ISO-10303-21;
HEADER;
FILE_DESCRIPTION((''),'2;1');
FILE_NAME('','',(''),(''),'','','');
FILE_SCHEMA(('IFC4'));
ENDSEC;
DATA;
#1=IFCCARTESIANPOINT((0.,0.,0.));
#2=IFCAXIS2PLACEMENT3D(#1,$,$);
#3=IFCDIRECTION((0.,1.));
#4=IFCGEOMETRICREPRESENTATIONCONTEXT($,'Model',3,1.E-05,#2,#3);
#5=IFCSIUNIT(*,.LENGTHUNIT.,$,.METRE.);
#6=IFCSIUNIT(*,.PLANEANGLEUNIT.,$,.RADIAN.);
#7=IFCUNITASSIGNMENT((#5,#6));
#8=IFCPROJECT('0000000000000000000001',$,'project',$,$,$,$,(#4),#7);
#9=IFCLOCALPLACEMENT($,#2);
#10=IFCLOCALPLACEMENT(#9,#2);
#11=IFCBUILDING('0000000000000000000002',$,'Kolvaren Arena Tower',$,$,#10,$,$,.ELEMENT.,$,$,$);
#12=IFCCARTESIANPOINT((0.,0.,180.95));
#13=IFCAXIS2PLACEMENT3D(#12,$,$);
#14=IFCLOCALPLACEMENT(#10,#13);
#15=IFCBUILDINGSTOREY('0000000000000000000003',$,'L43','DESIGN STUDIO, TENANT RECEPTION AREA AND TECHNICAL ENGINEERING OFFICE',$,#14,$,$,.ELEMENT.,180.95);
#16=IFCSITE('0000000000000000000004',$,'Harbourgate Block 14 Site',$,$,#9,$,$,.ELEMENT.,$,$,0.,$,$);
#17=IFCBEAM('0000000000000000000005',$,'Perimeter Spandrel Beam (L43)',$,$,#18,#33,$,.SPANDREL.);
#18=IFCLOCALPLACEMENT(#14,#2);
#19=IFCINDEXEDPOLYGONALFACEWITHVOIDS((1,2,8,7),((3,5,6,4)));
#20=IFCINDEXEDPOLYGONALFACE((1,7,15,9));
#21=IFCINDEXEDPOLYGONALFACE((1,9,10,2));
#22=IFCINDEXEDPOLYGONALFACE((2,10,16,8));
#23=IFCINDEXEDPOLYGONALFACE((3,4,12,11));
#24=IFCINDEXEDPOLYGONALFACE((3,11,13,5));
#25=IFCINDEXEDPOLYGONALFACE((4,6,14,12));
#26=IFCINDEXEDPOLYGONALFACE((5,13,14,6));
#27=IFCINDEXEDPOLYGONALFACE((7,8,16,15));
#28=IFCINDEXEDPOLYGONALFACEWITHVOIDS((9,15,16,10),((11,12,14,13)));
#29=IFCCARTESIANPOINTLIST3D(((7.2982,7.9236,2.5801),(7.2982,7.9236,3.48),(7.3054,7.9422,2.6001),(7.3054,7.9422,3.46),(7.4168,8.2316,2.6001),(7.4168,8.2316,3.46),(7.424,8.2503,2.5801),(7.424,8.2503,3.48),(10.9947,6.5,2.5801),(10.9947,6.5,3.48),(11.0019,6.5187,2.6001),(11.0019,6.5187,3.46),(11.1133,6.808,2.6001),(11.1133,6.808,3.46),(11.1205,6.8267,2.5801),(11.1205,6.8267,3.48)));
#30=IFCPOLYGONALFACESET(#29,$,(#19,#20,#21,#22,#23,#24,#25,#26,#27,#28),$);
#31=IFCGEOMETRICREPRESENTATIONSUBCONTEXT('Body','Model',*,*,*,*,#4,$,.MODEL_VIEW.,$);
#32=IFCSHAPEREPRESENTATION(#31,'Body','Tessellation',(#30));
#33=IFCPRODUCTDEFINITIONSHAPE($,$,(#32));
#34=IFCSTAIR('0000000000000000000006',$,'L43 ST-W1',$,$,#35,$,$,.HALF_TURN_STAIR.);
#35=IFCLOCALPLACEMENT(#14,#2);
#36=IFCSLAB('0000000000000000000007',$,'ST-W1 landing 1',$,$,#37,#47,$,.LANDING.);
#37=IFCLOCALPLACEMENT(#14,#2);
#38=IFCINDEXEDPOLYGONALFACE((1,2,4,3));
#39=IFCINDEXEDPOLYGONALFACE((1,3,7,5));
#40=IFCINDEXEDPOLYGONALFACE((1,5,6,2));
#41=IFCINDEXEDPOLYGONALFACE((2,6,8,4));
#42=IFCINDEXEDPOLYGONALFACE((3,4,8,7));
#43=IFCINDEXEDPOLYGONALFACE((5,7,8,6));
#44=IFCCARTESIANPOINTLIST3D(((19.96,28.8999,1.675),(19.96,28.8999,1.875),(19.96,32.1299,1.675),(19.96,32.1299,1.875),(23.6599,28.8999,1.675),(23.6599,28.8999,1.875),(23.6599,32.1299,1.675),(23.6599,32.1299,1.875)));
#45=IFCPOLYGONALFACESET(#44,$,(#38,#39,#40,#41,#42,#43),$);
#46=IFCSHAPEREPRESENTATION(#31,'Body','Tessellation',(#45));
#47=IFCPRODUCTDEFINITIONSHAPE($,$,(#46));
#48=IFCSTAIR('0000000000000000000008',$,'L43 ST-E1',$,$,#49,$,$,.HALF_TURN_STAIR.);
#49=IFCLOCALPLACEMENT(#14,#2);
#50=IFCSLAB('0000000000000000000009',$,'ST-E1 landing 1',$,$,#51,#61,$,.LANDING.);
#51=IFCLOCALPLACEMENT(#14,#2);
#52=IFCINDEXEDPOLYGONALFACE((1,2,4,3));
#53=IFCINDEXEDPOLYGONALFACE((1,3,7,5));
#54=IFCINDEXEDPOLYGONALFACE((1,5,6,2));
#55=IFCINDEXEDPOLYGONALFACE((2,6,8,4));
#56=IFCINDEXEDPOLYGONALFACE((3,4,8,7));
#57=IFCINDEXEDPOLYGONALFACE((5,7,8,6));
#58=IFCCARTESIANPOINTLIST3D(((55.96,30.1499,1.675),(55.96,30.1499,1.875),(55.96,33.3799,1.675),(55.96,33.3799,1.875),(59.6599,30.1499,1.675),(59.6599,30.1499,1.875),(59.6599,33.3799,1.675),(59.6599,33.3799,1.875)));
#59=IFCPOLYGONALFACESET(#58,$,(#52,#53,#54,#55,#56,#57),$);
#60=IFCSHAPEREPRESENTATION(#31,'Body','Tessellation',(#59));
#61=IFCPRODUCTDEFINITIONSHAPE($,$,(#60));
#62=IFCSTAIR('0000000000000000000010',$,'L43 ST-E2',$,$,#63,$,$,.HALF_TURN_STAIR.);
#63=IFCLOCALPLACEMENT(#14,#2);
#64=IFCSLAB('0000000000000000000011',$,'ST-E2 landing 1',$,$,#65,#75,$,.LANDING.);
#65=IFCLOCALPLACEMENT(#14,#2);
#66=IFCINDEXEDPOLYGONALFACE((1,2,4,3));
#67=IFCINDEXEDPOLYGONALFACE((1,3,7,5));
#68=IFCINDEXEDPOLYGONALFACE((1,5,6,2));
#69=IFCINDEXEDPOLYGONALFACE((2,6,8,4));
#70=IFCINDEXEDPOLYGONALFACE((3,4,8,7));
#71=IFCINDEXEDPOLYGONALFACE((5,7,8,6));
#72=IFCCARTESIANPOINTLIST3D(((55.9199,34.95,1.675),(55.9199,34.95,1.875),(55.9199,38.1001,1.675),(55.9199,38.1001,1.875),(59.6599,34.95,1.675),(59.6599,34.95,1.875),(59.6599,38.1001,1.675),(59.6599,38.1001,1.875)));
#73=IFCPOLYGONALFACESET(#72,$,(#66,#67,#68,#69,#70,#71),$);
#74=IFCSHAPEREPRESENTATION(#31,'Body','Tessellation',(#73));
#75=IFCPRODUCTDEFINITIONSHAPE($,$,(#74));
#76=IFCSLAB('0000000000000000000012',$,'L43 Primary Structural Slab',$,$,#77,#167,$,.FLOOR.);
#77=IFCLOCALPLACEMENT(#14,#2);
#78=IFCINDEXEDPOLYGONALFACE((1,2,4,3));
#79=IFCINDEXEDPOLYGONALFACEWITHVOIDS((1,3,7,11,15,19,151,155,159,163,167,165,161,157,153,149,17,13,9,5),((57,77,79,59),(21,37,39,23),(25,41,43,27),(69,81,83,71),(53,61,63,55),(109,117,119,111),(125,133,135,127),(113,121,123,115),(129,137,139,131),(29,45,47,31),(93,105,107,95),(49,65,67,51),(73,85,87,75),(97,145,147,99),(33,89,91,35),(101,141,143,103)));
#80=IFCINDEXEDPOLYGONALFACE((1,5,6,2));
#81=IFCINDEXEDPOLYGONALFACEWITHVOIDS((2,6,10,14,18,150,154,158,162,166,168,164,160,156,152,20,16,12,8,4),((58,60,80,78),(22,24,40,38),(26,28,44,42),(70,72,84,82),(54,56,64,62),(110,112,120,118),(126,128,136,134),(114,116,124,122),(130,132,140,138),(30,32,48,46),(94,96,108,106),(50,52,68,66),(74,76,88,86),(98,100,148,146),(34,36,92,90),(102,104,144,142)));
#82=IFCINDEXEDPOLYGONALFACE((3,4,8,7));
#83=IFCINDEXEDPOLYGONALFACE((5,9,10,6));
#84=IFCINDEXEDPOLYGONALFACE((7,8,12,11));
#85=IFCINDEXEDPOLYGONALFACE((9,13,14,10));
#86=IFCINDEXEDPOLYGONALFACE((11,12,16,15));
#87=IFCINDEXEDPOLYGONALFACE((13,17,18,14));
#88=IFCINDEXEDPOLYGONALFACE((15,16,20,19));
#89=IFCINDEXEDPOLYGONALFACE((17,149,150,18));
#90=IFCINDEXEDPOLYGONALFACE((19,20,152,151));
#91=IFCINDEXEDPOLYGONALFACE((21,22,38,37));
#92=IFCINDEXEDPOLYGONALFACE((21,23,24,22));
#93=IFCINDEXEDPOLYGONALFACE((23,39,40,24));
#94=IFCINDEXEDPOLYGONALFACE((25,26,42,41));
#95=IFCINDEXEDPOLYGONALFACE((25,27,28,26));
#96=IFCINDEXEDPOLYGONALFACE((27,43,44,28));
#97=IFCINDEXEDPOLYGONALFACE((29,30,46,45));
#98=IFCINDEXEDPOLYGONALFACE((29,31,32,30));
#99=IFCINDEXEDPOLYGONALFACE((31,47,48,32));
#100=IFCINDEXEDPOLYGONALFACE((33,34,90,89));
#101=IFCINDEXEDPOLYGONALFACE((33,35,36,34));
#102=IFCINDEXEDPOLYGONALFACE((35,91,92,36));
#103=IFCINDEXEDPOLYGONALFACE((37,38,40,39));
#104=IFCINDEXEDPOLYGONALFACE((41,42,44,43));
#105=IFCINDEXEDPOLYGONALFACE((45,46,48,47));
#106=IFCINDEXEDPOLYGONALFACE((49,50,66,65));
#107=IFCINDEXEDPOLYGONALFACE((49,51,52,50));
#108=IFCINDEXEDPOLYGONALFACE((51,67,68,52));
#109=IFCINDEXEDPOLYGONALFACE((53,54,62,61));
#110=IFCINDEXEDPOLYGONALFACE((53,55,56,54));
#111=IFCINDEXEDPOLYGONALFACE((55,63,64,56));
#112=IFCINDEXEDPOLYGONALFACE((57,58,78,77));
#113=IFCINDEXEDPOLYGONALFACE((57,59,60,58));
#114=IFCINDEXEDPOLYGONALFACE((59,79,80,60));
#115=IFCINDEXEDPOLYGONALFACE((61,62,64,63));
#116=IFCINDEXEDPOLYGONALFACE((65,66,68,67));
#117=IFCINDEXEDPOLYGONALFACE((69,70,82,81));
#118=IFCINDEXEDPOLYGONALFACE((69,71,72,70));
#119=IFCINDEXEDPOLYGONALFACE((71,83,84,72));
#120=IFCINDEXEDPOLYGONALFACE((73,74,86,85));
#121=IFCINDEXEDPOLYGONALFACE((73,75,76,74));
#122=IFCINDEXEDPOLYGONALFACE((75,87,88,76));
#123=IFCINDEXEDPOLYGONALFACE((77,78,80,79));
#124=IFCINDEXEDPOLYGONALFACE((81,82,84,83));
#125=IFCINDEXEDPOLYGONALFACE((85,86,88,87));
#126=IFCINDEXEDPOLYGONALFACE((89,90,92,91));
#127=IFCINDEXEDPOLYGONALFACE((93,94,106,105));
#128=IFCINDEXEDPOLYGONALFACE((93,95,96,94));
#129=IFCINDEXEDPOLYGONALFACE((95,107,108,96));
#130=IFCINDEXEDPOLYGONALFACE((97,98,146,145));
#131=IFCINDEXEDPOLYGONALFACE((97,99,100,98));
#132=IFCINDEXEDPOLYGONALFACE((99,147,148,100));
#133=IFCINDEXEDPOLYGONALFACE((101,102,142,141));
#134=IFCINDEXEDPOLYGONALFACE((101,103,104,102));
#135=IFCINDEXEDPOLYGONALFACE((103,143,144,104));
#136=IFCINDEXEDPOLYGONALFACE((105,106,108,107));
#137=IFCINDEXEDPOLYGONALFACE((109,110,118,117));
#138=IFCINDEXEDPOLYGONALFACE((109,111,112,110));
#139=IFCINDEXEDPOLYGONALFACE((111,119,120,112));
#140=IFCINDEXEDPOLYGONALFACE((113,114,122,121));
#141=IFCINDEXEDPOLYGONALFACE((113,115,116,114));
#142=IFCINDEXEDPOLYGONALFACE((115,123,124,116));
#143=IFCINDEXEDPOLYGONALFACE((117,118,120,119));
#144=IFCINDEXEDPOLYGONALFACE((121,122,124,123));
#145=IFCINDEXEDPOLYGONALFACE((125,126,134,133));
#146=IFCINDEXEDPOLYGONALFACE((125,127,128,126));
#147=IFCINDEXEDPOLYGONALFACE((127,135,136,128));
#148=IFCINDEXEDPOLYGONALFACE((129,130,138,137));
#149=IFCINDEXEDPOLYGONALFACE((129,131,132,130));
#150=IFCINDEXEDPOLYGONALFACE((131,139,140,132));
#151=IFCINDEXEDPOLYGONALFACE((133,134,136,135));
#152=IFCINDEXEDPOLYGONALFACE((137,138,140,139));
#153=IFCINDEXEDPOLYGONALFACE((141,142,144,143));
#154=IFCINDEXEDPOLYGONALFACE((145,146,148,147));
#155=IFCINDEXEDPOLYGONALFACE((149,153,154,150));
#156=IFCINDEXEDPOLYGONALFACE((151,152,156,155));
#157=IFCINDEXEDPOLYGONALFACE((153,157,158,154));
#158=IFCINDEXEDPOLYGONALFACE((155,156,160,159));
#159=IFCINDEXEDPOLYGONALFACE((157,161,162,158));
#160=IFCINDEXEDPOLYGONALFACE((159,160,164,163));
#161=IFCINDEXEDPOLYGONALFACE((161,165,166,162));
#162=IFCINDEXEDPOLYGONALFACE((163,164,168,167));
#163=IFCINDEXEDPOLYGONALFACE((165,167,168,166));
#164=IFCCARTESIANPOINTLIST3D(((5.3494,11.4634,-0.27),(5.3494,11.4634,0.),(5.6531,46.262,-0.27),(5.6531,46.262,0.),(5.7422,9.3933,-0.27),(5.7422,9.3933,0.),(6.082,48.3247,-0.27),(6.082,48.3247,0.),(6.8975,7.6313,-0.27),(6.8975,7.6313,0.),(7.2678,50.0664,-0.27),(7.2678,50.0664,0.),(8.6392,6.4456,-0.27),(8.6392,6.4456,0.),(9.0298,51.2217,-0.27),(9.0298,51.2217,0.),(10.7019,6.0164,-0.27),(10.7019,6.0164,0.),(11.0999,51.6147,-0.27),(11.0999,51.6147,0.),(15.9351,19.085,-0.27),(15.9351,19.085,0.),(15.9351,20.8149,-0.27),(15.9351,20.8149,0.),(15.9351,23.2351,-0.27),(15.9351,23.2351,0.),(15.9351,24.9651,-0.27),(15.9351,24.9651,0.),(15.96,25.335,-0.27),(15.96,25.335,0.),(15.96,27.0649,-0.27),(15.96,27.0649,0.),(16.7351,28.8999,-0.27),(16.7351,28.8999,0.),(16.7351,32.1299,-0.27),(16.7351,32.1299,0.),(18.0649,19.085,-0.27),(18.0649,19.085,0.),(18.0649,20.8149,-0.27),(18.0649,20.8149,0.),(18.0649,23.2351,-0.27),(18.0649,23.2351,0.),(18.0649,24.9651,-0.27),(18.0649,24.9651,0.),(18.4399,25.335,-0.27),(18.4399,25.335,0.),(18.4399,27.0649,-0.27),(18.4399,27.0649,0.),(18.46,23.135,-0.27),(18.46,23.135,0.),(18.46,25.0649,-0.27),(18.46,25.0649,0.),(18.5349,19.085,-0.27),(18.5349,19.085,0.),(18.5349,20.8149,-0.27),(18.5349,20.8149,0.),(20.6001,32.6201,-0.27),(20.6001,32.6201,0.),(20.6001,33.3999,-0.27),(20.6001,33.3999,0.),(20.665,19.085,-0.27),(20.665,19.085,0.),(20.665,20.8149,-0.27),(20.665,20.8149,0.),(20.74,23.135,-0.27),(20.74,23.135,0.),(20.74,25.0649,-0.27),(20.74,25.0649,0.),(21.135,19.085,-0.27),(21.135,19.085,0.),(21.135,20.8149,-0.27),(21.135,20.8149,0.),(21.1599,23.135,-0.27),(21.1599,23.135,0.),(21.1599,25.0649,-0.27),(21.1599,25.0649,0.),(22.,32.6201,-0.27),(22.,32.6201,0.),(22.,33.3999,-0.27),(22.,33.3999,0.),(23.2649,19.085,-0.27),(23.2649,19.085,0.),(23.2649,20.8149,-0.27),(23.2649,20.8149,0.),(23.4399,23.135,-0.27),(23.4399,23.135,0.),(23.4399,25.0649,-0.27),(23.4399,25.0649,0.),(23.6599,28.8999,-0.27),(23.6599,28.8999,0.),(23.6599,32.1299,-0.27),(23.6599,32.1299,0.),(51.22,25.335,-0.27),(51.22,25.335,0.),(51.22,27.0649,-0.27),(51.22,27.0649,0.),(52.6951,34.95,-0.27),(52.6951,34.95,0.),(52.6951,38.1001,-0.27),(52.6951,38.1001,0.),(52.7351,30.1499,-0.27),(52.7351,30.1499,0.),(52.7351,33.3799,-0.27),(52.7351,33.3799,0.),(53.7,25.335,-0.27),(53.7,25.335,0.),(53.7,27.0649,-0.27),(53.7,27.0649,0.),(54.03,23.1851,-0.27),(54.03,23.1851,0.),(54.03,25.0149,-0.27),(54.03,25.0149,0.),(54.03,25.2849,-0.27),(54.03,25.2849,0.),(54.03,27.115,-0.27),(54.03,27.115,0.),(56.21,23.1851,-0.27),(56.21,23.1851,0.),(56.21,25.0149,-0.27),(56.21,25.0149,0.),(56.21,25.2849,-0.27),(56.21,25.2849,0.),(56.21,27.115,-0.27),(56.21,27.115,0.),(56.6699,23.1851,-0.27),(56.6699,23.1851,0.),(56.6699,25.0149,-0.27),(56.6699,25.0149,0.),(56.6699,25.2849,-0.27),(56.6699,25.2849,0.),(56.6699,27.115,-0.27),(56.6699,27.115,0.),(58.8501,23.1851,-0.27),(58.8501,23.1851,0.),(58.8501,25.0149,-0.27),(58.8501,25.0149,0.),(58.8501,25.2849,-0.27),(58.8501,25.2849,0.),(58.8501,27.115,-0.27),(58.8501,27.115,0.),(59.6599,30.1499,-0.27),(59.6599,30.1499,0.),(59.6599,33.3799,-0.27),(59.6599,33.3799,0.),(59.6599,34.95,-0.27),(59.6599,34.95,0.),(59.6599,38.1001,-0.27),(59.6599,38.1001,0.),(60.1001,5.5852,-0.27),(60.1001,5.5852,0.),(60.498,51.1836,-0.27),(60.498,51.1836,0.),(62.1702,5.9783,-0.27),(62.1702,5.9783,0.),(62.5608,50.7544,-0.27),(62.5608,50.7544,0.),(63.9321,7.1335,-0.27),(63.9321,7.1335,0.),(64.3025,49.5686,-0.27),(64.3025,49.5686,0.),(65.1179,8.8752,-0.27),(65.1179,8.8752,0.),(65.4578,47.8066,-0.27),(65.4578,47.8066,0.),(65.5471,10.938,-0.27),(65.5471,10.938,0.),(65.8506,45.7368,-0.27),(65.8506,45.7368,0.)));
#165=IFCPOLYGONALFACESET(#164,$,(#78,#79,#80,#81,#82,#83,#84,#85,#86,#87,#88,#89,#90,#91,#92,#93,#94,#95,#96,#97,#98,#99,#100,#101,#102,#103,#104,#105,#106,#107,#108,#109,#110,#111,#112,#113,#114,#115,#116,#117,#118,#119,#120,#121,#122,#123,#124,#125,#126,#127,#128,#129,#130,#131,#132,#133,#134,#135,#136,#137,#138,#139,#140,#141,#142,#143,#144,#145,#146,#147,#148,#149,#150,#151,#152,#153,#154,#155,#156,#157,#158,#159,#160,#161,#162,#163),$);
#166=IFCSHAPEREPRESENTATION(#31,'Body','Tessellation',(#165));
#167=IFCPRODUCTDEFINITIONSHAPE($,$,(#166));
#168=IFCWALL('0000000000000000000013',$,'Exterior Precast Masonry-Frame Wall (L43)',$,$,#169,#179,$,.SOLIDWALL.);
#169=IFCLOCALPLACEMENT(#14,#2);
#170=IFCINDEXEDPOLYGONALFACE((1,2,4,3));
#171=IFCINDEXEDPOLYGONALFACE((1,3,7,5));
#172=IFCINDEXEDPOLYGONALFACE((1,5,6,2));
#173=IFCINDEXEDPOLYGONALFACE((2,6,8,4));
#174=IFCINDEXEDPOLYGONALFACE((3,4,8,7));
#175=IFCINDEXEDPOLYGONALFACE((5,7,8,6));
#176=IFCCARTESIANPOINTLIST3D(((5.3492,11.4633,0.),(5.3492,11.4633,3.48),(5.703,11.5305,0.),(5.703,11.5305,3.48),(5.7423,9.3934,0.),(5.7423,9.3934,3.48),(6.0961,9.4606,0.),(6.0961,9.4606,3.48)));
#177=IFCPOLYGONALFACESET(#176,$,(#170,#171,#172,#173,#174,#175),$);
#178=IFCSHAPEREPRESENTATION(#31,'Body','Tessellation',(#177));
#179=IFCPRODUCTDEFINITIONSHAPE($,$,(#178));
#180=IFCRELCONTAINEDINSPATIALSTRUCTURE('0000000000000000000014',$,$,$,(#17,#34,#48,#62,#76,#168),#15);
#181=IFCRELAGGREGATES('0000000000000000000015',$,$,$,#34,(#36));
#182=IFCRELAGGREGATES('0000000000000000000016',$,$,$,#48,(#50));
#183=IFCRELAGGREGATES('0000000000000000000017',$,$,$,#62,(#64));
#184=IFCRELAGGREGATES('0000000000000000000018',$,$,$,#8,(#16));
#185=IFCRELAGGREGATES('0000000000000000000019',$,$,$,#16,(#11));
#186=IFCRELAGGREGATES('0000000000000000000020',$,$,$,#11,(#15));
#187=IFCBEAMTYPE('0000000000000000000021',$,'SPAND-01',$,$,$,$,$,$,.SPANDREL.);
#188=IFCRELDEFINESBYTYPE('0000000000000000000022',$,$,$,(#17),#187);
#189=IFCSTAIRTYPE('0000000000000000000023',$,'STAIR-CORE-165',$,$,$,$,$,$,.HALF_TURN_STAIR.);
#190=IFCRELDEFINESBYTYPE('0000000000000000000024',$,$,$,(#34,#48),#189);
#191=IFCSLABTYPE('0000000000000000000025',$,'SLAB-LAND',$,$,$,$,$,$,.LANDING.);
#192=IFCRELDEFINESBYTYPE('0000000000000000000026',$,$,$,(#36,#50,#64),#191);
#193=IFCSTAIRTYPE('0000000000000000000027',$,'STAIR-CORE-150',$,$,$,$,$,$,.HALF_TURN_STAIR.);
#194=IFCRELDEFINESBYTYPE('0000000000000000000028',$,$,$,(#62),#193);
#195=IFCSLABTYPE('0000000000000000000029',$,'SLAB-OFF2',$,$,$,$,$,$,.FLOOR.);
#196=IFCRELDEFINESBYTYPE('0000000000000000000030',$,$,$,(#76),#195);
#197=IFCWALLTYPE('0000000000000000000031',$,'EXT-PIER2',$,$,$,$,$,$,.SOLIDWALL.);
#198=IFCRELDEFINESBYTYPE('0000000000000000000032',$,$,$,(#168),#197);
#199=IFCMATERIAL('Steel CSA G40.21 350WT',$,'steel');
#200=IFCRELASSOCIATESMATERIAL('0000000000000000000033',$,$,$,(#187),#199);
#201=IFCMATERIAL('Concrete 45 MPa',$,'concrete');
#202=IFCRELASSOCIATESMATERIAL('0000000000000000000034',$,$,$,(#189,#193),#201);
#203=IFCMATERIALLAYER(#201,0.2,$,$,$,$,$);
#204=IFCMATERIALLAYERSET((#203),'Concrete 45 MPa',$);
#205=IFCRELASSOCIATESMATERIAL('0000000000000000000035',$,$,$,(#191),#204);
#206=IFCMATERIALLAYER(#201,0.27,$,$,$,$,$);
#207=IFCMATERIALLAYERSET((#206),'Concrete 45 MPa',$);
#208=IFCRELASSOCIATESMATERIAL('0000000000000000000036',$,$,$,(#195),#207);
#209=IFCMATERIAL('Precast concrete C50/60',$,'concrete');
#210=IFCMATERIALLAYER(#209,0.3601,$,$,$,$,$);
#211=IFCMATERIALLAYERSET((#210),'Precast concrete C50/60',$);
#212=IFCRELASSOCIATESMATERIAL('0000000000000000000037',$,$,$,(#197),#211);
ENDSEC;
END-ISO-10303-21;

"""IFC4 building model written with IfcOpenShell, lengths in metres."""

from ifc_helpers import new_model, si_unit, direction, frame, frame_2d, origin, origin_2d, place, context, subcontext, project, spatial, polyline, rectangle, hollow_rectangle, outline, extrude, material, layer, layer_set, material_profile, profile_set, type_object, element, aggregate, save


model = new_model("IFC4")

# Units and contexts
model_context = context("Model", 3, precision=1e-05, world=origin(), true_north=direction((0.0, 1.0)))
body_context = subcontext(model_context, "Body", "Model", "MODEL_VIEW")
ifc_project = project(units=[si_unit("LENGTHUNIT", "METRE"), si_unit("PLANEANGLEUNIT", "RADIAN")], contexts=[model_context])

# Site, building, storey
site_placement = place(None, origin())
site = spatial("IfcSite", under=ifc_project, at=site_placement, Name="Harbourgate Block 14 Site", CompositionType="ELEMENT", RefElevation=0.0)
building_placement = place(site_placement, origin())
building = spatial("IfcBuilding", under=site, at=building_placement, Name="Kolvaren Arena Tower", CompositionType="ELEMENT")
storey_placement = place(building_placement, frame((0.0, 0.0, 180.95)))
storey = spatial("IfcBuildingStorey", under=building, at=storey_placement, Name="L43", Description="DESIGN STUDIO, TENANT RECEPTION AREA AND TECHNICAL ENGINEERING OFFICE", CompositionType="ELEMENT", Elevation=180.95)

# Beam
ifc_material_1 = material(Name="Steel CSA G40.21 350WT", Category="steel")
ifc_material_profile_1 = material_profile(ifc_material_1, hollow_rectangle(XDim=0.3501, YDim=0.8999, WallThickness=0.02, at=origin_2d()), Name="HSS 900x350x20")
ifc_profile_set_1 = profile_set([ifc_material_profile_1], Name="Steel CSA G40.21 350WT")
beam_type_1 = type_object("IfcBeamType", Name="SPAND-01", PredefinedType="SPANDREL", material=ifc_profile_set_1)
beam_1_placement = place(storey_placement, frame((7.3611, 8.0869, 3.03), z_axis=(0.93319, -0.359384, 0.0), x_axis=(0.359384, 0.93319, 0.0)))
element("IfcBeam", 1, at=beam_1_placement, inside=storey, type_object=beam_type_1, Name="Perimeter Spandrel Beam (L43)", PredefinedType="SPANDREL", context=body_context, shape_type="SweptSolid", body=[
    extrude(hollow_rectangle(XDim=0.3501, YDim=0.8999, WallThickness=0.02, at=origin_2d()), origin(), (0.0, 0.0, 1.0), 3.9612),
])

# Stairs, slabs
ifc_material_2 = material(Name="Concrete 45 MPa", Category="concrete")
stair_type_1 = type_object("IfcStairType", Name="STAIR-CORE-165", PredefinedType="HALF_TURN_STAIR", material=ifc_material_2)
stair_1_placement = place(storey_placement, origin())
stair_1 = element("IfcStair", 2, at=stair_1_placement, inside=storey, type_object=stair_type_1, Name="L43 ST-W1", PredefinedType="HALF_TURN_STAIR")
ifc_layer_1 = layer(ifc_material_2, 0.2)
ifc_layer_set_1 = layer_set([ifc_layer_1], Name="Concrete 45 MPa")
slab_type_1 = type_object("IfcSlabType", Name="SLAB-LAND", PredefinedType="LANDING", material=ifc_layer_set_1)
slab_1_placement = place(storey_placement, frame((0.0, 0.0, 1.675)))
slab_1 = element("IfcSlab", 3, at=slab_1_placement, type_object=slab_type_1, Name="ST-W1 landing 1", PredefinedType="LANDING", context=body_context, shape_type="SweptSolid", body=[
    extrude(outline(polyline([(19.96, 28.8999), (23.6599, 28.8999), (23.6599, 32.1299), (19.96, 32.1299), (19.96, 28.8999)])), origin(), (0.0, 0.0, 1.0), 0.2),
])
aggregate(stair_1, [slab_1])
stair_2_placement = place(storey_placement, origin())
stair_2 = element("IfcStair", 4, at=stair_2_placement, inside=storey, type_object=stair_type_1, Name="L43 ST-E1", PredefinedType="HALF_TURN_STAIR")
slab_2_placement = place(storey_placement, frame((0.0, 0.0, 1.675)))
slab_2 = element("IfcSlab", 5, at=slab_2_placement, type_object=slab_type_1, Name="ST-E1 landing 1", PredefinedType="LANDING", context=body_context, shape_type="SweptSolid", body=[
    extrude(outline(polyline([(55.96, 30.1499), (59.6599, 30.1499), (59.6599, 33.3799), (55.96, 33.3799), (55.96, 30.1499)])), origin(), (0.0, 0.0, 1.0), 0.2),
])
aggregate(stair_2, [slab_2])
stair_type_2 = type_object("IfcStairType", Name="STAIR-CORE-150", PredefinedType="HALF_TURN_STAIR", material=ifc_material_2)
stair_3_placement = place(storey_placement, origin())
stair_3 = element("IfcStair", 6, at=stair_3_placement, inside=storey, type_object=stair_type_2, Name="L43 ST-E2", PredefinedType="HALF_TURN_STAIR")
slab_3_placement = place(storey_placement, frame((0.0, 0.0, 1.675)))
slab_3 = element("IfcSlab", 7, at=slab_3_placement, type_object=slab_type_1, Name="ST-E2 landing 1", PredefinedType="LANDING", context=body_context, shape_type="SweptSolid", body=[
    extrude(outline(polyline([(55.9199, 34.95), (59.6599, 34.95), (59.6599, 38.1001), (55.9199, 38.1001), (55.9199, 34.95)])), origin(), (0.0, 0.0, 1.0), 0.2),
])
aggregate(stair_3, [slab_3])

# Slab
ifc_layer_2 = layer(ifc_material_2, 0.27)
ifc_layer_set_2 = layer_set([ifc_layer_2], Name="Concrete 45 MPa")
slab_type_2 = type_object("IfcSlabType", Name="SLAB-OFF2", PredefinedType="FLOOR", material=ifc_layer_set_2)
slab_4_placement = place(storey_placement, frame((0.0, 0.0, -0.27)))
element("IfcSlab", 8, at=slab_4_placement, inside=storey, type_object=slab_type_2, Name="L43 Primary Structural Slab", PredefinedType="FLOOR", context=body_context, shape_type="SweptSolid", body=[
    extrude(outline(polyline([(60.1001, 5.5852), (62.1702, 5.9783), (63.9321, 7.1335), (65.1179, 8.8752), (65.5471, 10.938), (65.8506, 45.7368), (65.4578, 47.8066), (64.3025, 49.5686), (62.5608, 50.7544), (60.498, 51.1836), (11.0999, 51.6147), (9.0298, 51.2217), (7.2678, 50.0664), (6.082, 48.3247), (5.6531, 46.262), (5.3494, 11.4634), (5.7422, 9.3933), (6.8975, 7.6313), (8.6392, 6.4456), (10.7019, 6.0164), (60.1001, 5.5852)]), holes=[polyline([(15.9351, 19.085), (15.9351, 20.8149), (18.0649, 20.8149), (18.0649, 19.085), (15.9351, 19.085)]), polyline([(18.5349, 19.085), (18.5349, 20.8149), (20.665, 20.8149), (20.665, 19.085), (18.5349, 19.085)]), polyline([(21.135, 19.085), (21.135, 20.8149), (23.2649, 20.8149), (23.2649, 19.085), (21.135, 19.085)]), polyline([(18.46, 23.135), (18.46, 25.0649), (20.74, 25.0649), (20.74, 23.135), (18.46, 23.135)]), polyline([(21.1599, 23.135), (21.1599, 25.0649), (23.4399, 25.0649), (23.4399, 23.135), (21.1599, 23.135)]), polyline([(54.03, 23.1851), (54.03, 25.0149), (56.21, 25.0149), (56.21, 23.1851), (54.03, 23.1851)]), polyline([(56.6699, 23.1851), (56.6699, 25.0149), (58.8501, 25.0149), (58.8501, 23.1851), (56.6699, 23.1851)]), polyline([(15.9351, 23.2351), (15.9351, 24.9651), (18.0649, 24.9651), (18.0649, 23.2351), (15.9351, 23.2351)]), polyline([(54.03, 25.2849), (54.03, 27.115), (56.21, 27.115), (56.21, 25.2849), (54.03, 25.2849)]), polyline([(56.6699, 25.2849), (56.6699, 27.115), (58.8501, 27.115), (58.8501, 25.2849), (56.6699, 25.2849)]), polyline([(15.96, 25.335), (15.96, 27.0649), (18.4399, 27.0649), (18.4399, 25.335), (15.96, 25.335)]), polyline([(51.22, 25.335), (51.22, 27.0649), (53.7, 27.0649), (53.7, 25.335), (51.22, 25.335)]), polyline([(16.7351, 28.8999), (16.7351, 32.1299), (23.6599, 32.1299), (23.6599, 28.8999), (16.7351, 28.8999)]), polyline([(52.7351, 30.1499), (52.7351, 33.3799), (59.6599, 33.3799), (59.6599, 30.1499), (52.7351, 30.1499)]), polyline([(20.6001, 32.6201), (20.6001, 33.3999), (22.0, 33.3999), (22.0, 32.6201), (20.6001, 32.6201)]), polyline([(52.6951, 34.95), (52.6951, 38.1001), (59.6599, 38.1001), (59.6599, 34.95), (52.6951, 34.95)])]), origin(), (0.0, 0.0, 1.0), 0.27),
])

# Wall
ifc_material_3 = material(Name="Precast concrete C50/60", Category="concrete")
ifc_layer_3 = layer(ifc_material_3, 0.3601)
ifc_layer_set_3 = layer_set([ifc_layer_3], Name="Precast concrete C50/60")
wall_type = type_object("IfcWallType", Name="EXT-PIER2", PredefinedType="SOLIDWALL", material=ifc_layer_set_3)
for number, where, z_axis, x_axis, name in (
    (9, (5.9192, 9.427, 0.0), (0.0, 0.0, 1.0), (-0.186569, 0.982442, 0.0), "Exterior Precast Masonry-Frame Wall (L43)"),
):
    element("IfcWall", number, at=place(storey_placement, frame(where, z_axis=z_axis, x_axis=x_axis)), inside=storey, type_object=wall_type, Name=name, PredefinedType="SOLIDWALL", context=body_context, shape_type="SweptSolid", body=[
        extrude(rectangle(XDim=2.1069, YDim=0.3601, at=frame_2d((1.0535, 0.0))), origin(), (0.0, 0.0, 1.0), 3.48),
    ])

save(model, "model.ifc")
